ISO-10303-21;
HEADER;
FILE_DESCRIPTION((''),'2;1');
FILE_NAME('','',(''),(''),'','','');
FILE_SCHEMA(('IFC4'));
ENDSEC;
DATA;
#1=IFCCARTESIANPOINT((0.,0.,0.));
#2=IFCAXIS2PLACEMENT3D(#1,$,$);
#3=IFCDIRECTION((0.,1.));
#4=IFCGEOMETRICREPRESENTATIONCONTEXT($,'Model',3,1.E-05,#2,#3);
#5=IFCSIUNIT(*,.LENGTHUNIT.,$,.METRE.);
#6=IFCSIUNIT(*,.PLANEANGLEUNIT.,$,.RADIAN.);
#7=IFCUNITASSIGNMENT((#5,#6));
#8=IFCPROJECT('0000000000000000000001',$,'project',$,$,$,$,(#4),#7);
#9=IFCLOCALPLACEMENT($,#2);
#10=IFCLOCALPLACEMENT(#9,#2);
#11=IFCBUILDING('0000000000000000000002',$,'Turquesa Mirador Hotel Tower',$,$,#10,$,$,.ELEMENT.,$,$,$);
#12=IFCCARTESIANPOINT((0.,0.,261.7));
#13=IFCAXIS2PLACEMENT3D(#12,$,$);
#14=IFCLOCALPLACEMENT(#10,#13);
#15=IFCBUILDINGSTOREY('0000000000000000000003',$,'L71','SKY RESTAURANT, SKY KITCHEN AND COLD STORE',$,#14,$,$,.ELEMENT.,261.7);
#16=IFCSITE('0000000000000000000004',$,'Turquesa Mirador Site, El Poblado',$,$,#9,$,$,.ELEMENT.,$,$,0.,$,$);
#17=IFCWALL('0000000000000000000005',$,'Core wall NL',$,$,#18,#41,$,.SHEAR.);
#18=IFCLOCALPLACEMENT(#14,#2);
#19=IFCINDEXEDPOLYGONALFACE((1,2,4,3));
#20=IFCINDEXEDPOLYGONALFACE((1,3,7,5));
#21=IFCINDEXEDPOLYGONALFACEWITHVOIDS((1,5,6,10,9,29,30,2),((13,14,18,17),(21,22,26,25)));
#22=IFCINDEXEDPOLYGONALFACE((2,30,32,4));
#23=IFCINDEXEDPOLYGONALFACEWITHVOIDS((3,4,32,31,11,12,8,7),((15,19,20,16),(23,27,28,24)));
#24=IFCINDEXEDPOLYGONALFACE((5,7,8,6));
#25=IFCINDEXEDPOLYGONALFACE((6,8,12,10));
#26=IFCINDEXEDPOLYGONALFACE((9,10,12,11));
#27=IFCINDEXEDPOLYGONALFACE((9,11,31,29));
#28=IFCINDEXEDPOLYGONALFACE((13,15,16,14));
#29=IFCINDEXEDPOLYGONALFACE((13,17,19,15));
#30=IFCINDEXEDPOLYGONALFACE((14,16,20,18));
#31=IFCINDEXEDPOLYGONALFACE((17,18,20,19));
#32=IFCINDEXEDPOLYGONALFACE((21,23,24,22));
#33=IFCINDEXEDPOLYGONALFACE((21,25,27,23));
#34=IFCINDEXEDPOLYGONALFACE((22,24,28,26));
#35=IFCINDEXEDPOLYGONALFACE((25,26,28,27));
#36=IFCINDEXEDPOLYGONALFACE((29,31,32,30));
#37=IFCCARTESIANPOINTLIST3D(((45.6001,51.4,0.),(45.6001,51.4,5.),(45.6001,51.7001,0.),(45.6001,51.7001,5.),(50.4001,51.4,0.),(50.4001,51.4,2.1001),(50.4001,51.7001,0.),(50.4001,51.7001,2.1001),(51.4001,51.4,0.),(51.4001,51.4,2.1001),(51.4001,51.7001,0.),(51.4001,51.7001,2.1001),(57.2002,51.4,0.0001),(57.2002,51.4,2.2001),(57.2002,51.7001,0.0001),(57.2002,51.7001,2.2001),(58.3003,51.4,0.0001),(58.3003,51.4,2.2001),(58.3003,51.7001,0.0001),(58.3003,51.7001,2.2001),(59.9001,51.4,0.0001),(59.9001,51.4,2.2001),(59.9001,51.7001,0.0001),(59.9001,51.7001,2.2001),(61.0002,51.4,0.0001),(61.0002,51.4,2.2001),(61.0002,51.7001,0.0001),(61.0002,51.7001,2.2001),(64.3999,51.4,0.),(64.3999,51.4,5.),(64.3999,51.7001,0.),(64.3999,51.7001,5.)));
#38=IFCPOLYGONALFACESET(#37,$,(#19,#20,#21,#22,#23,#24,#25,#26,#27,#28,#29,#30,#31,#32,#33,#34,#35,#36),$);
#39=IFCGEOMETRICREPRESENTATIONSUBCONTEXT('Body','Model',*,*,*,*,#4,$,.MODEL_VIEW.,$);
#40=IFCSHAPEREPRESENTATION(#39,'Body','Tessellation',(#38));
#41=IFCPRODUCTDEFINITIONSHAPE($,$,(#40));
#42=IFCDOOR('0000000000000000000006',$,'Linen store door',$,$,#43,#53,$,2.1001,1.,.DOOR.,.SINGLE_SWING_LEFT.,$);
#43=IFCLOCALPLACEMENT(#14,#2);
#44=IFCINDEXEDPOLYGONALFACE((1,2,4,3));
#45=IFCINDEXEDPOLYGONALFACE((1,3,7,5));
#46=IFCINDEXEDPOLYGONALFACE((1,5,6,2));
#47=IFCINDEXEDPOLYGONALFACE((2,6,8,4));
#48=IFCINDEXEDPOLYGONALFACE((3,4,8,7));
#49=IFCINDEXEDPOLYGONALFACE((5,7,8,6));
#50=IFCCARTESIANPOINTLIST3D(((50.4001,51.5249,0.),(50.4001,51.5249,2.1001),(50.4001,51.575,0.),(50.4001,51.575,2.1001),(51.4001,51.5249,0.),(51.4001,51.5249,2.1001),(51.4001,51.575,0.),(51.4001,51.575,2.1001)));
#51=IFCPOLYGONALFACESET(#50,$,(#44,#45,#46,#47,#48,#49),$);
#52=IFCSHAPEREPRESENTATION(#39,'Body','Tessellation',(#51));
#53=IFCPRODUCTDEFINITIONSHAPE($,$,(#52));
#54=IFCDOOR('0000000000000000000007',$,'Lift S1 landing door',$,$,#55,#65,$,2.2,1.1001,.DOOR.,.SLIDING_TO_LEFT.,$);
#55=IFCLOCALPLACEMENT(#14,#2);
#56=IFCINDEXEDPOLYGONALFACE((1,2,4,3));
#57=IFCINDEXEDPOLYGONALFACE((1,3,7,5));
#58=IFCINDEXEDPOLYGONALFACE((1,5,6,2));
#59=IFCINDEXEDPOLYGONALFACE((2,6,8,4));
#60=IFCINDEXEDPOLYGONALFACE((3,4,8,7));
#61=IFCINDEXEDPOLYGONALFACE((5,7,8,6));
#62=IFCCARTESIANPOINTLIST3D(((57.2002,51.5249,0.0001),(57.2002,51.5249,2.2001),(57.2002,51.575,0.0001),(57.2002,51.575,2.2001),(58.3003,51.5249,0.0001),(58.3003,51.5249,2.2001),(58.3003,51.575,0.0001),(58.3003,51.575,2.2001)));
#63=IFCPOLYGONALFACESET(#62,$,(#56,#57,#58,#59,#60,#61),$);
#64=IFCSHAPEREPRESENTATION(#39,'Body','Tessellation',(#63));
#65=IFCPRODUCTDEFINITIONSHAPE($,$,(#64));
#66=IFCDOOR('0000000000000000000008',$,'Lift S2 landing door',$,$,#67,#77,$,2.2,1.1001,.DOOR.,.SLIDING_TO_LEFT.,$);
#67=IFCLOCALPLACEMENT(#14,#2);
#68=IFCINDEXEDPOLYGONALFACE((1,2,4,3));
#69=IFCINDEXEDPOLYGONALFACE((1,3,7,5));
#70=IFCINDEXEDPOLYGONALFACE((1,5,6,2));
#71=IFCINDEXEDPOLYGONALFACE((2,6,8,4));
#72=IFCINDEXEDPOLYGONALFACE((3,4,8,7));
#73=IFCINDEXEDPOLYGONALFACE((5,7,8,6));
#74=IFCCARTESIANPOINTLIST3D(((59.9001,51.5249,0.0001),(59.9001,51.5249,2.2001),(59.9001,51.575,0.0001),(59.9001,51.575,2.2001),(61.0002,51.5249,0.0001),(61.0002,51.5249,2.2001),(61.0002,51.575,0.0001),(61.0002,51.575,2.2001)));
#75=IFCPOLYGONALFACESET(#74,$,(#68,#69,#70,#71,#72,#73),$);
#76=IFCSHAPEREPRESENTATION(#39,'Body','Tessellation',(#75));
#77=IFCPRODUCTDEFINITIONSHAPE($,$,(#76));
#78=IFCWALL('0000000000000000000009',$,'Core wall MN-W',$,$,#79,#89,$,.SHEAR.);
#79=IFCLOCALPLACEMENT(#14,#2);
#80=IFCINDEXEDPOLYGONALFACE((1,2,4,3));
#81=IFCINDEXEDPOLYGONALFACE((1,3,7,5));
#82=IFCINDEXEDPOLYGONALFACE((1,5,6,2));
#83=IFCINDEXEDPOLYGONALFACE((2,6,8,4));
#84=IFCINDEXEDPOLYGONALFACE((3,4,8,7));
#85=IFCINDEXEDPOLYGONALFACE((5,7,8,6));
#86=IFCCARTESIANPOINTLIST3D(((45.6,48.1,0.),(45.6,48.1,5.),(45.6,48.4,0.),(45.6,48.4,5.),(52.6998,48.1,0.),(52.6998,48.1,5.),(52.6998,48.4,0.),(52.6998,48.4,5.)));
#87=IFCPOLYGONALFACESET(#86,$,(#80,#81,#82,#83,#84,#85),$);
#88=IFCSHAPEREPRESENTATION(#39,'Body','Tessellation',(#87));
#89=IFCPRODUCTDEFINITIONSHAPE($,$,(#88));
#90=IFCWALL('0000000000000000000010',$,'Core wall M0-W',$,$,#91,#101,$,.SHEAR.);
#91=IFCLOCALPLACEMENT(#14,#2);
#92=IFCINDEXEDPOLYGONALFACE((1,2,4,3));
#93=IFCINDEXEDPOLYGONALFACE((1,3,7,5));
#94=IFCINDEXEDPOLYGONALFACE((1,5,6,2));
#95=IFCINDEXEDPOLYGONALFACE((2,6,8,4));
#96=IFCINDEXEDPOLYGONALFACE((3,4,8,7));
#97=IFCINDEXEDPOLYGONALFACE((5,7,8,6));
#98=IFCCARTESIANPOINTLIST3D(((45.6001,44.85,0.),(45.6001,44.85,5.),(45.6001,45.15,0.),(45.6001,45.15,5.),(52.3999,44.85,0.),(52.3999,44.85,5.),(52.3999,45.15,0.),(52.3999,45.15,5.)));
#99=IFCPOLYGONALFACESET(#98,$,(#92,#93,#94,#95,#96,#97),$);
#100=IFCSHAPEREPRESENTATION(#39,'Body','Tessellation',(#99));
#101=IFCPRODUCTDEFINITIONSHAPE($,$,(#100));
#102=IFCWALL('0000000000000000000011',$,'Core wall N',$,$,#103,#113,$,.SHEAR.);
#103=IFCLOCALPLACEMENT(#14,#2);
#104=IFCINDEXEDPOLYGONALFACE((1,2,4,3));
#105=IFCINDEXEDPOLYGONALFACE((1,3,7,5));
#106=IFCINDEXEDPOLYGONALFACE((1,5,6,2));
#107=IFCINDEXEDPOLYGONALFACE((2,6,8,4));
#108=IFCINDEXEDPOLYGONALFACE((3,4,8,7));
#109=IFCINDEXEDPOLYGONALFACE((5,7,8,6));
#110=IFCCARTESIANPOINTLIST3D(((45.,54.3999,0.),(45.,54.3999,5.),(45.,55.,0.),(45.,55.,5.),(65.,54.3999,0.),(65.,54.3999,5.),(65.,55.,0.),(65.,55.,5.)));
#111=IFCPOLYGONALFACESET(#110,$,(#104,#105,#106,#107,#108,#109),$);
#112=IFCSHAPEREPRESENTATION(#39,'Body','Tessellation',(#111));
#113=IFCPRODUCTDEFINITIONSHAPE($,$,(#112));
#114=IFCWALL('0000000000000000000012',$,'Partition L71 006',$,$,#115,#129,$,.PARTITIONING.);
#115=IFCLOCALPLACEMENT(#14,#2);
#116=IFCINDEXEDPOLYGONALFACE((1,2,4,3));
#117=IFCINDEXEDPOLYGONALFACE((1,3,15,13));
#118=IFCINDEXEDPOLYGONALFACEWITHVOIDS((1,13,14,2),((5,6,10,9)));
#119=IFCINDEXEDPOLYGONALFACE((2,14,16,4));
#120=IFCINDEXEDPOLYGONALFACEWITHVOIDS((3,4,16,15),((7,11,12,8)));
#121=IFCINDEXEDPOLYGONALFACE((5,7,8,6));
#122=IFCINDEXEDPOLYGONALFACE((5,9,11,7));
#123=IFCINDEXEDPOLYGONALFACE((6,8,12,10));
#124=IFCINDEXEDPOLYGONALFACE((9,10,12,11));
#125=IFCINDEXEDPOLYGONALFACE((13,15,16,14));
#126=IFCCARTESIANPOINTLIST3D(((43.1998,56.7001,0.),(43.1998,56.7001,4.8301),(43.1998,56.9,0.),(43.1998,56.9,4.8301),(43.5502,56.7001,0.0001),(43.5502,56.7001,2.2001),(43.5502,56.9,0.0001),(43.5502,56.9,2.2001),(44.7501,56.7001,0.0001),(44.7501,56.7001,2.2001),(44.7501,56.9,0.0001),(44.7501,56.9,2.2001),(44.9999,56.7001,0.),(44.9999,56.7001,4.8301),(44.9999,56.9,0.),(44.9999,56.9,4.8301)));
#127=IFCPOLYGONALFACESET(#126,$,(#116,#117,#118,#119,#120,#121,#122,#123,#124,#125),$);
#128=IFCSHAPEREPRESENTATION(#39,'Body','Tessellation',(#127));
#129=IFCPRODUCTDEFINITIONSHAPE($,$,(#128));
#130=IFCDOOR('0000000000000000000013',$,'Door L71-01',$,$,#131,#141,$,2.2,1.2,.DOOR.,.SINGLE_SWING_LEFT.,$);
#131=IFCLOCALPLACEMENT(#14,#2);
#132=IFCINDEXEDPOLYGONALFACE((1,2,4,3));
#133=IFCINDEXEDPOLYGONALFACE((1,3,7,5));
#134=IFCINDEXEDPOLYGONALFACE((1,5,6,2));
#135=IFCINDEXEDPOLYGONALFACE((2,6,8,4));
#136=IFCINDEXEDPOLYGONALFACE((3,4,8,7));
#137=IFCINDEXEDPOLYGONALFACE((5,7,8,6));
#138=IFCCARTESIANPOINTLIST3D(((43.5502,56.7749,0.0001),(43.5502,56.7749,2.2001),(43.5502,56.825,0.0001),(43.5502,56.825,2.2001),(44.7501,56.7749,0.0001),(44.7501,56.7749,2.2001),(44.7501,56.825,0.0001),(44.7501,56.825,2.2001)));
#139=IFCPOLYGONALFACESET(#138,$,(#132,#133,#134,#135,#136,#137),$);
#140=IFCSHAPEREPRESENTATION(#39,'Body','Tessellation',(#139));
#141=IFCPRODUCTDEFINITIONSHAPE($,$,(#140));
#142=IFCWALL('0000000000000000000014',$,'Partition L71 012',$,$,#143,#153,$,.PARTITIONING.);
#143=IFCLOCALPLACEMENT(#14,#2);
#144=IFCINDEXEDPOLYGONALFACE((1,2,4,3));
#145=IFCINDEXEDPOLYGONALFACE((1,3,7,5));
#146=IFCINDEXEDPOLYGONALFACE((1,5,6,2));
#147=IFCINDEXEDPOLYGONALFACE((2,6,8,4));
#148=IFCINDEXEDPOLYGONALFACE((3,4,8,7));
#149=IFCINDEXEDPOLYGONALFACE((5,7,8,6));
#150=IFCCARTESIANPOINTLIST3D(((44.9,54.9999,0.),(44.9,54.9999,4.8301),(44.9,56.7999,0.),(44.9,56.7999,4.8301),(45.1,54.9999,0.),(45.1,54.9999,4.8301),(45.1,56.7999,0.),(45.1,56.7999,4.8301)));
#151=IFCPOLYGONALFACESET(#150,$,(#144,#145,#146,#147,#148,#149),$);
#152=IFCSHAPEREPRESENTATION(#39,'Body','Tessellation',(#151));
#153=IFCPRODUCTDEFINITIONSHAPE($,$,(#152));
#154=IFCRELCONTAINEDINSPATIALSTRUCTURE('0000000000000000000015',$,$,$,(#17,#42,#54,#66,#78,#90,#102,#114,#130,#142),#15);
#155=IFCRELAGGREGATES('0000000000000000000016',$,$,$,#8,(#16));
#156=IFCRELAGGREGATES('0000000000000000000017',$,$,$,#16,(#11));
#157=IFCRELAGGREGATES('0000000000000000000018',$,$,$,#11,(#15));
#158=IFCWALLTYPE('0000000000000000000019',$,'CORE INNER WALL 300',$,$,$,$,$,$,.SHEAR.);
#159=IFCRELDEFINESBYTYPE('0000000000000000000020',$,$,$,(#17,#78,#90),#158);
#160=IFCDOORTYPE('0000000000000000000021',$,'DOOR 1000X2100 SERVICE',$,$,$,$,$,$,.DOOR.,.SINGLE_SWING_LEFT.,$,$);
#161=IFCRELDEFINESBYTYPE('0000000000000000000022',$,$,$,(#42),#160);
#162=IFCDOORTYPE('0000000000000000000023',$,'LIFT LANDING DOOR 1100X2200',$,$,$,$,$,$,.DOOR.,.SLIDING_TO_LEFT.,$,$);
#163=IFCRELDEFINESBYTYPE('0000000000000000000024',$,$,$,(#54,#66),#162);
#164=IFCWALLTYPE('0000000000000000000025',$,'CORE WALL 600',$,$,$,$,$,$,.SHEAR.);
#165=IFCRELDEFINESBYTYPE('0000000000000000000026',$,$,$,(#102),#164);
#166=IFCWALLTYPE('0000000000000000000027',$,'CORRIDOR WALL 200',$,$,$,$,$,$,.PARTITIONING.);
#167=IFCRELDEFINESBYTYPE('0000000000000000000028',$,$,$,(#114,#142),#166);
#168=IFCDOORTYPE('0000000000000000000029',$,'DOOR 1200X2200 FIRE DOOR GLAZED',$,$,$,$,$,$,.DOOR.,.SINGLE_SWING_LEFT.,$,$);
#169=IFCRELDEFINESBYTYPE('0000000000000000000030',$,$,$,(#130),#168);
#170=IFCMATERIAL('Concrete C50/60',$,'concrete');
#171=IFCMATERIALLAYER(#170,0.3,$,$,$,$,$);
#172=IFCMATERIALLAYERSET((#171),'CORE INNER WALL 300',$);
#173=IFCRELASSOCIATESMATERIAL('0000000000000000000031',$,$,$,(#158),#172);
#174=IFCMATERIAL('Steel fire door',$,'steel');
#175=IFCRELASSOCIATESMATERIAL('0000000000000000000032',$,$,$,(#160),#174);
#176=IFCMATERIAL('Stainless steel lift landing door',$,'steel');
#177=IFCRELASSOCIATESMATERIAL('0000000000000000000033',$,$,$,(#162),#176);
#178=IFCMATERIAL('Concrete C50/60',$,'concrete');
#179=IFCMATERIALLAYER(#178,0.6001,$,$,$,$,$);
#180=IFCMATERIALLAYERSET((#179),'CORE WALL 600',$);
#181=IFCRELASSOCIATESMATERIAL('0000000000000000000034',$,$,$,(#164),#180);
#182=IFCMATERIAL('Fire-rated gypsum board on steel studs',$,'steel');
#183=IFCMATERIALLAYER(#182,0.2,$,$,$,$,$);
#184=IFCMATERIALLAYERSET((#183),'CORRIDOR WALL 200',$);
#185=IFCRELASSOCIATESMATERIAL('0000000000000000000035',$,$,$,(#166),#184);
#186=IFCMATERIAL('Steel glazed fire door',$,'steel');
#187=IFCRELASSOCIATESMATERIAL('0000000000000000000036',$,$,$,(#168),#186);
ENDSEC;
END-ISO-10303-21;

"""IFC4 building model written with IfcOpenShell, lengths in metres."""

from ifc_helpers import new_model, si_unit, direction, frame, frame_2d, origin, place, context, subcontext, project, spatial, rectangle, extrude, material, layer, layer_set, type_object, element, fill, save


model = new_model("IFC4")

# Units and contexts
model_context = context("Model", 3, precision=1e-05, world=origin(), true_north=direction((0.0, 1.0)))
body_context = subcontext(model_context, "Body", "Model", "MODEL_VIEW")
ifc_project = project(units=[si_unit("LENGTHUNIT", "METRE"), si_unit("PLANEANGLEUNIT", "RADIAN")], contexts=[model_context])

# Site, building, storey
site_placement = place(None, origin())
site = spatial("IfcSite", under=ifc_project, at=site_placement, Name="Turquesa Mirador Site, El Poblado", CompositionType="ELEMENT", RefElevation=0.0)
building_placement = place(site_placement, origin())
building = spatial("IfcBuilding", under=site, at=building_placement, Name="Turquesa Mirador Hotel Tower", CompositionType="ELEMENT")
storey_placement = place(building_placement, frame((0.0, 0.0, 261.7)))
storey = spatial("IfcBuildingStorey", under=building, at=storey_placement, Name="L71", Description="SKY RESTAURANT, SKY KITCHEN AND COLD STORE", CompositionType="ELEMENT", Elevation=261.7)

# Wall, openings, doors
ifc_material_1 = material(Name="Concrete C50/60", Category="concrete")
ifc_layer_1 = layer(ifc_material_1, 0.3)
ifc_layer_set_1 = layer_set([ifc_layer_1], Name="CORE INNER WALL 300")
wall_type_1 = type_object("IfcWallType", Name="CORE INNER WALL 300", PredefinedType="SHEAR", material=ifc_layer_set_1)
wall_1_placement = place(storey_placement, frame((45.6001, 51.55, 0.0), z_axis=(0.0, 0.0, 1.0), x_axis=(1.0, 0.0, 0.0)))
wall_1 = element("IfcWall", 1, at=wall_1_placement, inside=storey, type_object=wall_type_1, Name="Core wall NL", PredefinedType="SHEAR", context=body_context, shape_type="SweptSolid", body=[
    extrude(rectangle(XDim=18.7998, YDim=0.3, at=frame_2d((9.3999, 0.0))), origin(), (0.0, 0.0, 1.0), 5.0),
])
opening_1_placement = place(wall_1_placement, frame((4.8, 0.0, 0.0)))
opening_1 = element("IfcOpeningElement", 2, at=opening_1_placement, cuts=wall_1, PredefinedType="OPENING", context=body_context, shape_type="SweptSolid", body=[
    extrude(rectangle(XDim=1.0, YDim=2.1001, at=frame_2d((0.5, 1.05))), frame((0.0, 0.1599, 0.0), z_axis=(0.0, -1.0, 0.0), x_axis=(1.0, 0.0, 0.0)), (0.0, 0.0, 1.0), 0.3201),
])
opening_2_placement = place(wall_1_placement, frame((11.6001, 0.0, 0.0)))
opening_2 = element("IfcOpeningElement", 3, at=opening_2_placement, cuts=wall_1, PredefinedType="OPENING", context=body_context, shape_type="SweptSolid", body=[
    extrude(rectangle(XDim=1.1001, YDim=2.2, at=frame_2d((0.55, 1.1001))), frame((0.0, 0.1599, 0.0), z_axis=(0.0, -1.0, 0.0), x_axis=(1.0, 0.0, 0.0)), (0.0, 0.0, 1.0), 0.3201),
])
opening_3_placement = place(wall_1_placement, frame((14.3, 0.0, 0.0)))
opening_3 = element("IfcOpeningElement", 4, at=opening_3_placement, cuts=wall_1, PredefinedType="OPENING", context=body_context, shape_type="SweptSolid", body=[
    extrude(rectangle(XDim=1.1001, YDim=2.2, at=frame_2d((0.55, 1.1001))), frame((0.0, 0.1599, 0.0), z_axis=(0.0, -1.0, 0.0), x_axis=(1.0, 0.0, 0.0)), (0.0, 0.0, 1.0), 0.3201),
])
ifc_material_2 = material(Name="Steel fire door", Category="steel")
door_type_1 = type_object("IfcDoorType", Name="DOOR 1000X2100 SERVICE", OperationType="SINGLE_SWING_LEFT", PredefinedType="DOOR", material=ifc_material_2)
door_1_placement = place(opening_1_placement, origin())
door_1 = element("IfcDoor", 5, at=door_1_placement, inside=storey, type_object=door_type_1, Name="Linen store door", OperationType="SINGLE_SWING_LEFT", OverallHeight=2.1001, OverallWidth=1.0, PredefinedType="DOOR", context=body_context, shape_type="SweptSolid", body=[
    extrude(rectangle(XDim=1.0, YDim=2.1001, at=frame_2d((0.5, 1.05))), frame((0.0, 0.0249, 0.0), z_axis=(0.0, -1.0, 0.0), x_axis=(1.0, 0.0, 0.0)), (0.0, 0.0, 1.0), 0.05),
])
fill(opening_1, door_1)
ifc_material_3 = material(Name="Stainless steel lift landing door", Category="steel")
door_type_2 = type_object("IfcDoorType", Name="LIFT LANDING DOOR 1100X2200", OperationType="SLIDING_TO_LEFT", PredefinedType="DOOR", material=ifc_material_3)
door_2_placement = place(opening_2_placement, origin())
door_2 = element("IfcDoor", 6, at=door_2_placement, inside=storey, type_object=door_type_2, Name="Lift S1 landing door", OperationType="SLIDING_TO_LEFT", OverallHeight=2.2, OverallWidth=1.1001, PredefinedType="DOOR", context=body_context, shape_type="SweptSolid", body=[
    extrude(rectangle(XDim=1.1001, YDim=2.2, at=frame_2d((0.55, 1.1001))), frame((0.0, 0.0249, 0.0), z_axis=(0.0, -1.0, 0.0), x_axis=(1.0, 0.0, 0.0)), (0.0, 0.0, 1.0), 0.05),
])
fill(opening_2, door_2)
door_3_placement = place(opening_3_placement, origin())
door_3 = element("IfcDoor", 7, at=door_3_placement, inside=storey, type_object=door_type_2, Name="Lift S2 landing door", OperationType="SLIDING_TO_LEFT", OverallHeight=2.2, OverallWidth=1.1001, PredefinedType="DOOR", context=body_context, shape_type="SweptSolid", body=[
    extrude(rectangle(XDim=1.1001, YDim=2.2, at=frame_2d((0.55, 1.1001))), frame((0.0, 0.0249, 0.0), z_axis=(0.0, -1.0, 0.0), x_axis=(1.0, 0.0, 0.0)), (0.0, 0.0, 1.0), 0.05),
])
fill(opening_3, door_3)

# Walls
wall_2_placement = place(storey_placement, frame((45.6001, 48.25, 0.0), z_axis=(0.0, 0.0, 1.0), x_axis=(1.0, 0.0, 0.0)))
element("IfcWall", 8, at=wall_2_placement, inside=storey, type_object=wall_type_1, Name="Core wall MN-W", PredefinedType="SHEAR", context=body_context, shape_type="SweptSolid", body=[
    extrude(rectangle(XDim=7.0999, YDim=0.3, at=frame_2d((3.5498, 0.0))), origin(), (0.0, 0.0, 1.0), 5.0),
])
wall_3_placement = place(storey_placement, frame((45.6001, 45.0, 0.0), z_axis=(0.0, 0.0, 1.0), x_axis=(1.0, 0.0, 0.0)))
element("IfcWall", 9, at=wall_3_placement, inside=storey, type_object=wall_type_1, Name="Core wall M0-W", PredefinedType="SHEAR", context=body_context, shape_type="SweptSolid", body=[
    extrude(rectangle(XDim=6.7998, YDim=0.3, at=frame_2d((3.3999, 0.0))), origin(), (0.0, 0.0, 1.0), 5.0),
])
ifc_material_4 = material(Name="Concrete C50/60", Category="concrete")
ifc_layer_2 = layer(ifc_material_4, 0.6001)
ifc_layer_set_2 = layer_set([ifc_layer_2], Name="CORE WALL 600")
wall_type_2 = type_object("IfcWallType", Name="CORE WALL 600", PredefinedType="SHEAR", material=ifc_layer_set_2)
wall_4_placement = place(storey_placement, frame((45.0, 54.7, 0.0), z_axis=(0.0, 0.0, 1.0), x_axis=(1.0, 0.0, 0.0)))
element("IfcWall", 10, at=wall_4_placement, inside=storey, type_object=wall_type_2, Name="Core wall N", PredefinedType="SHEAR", context=body_context, shape_type="SweptSolid", body=[
    extrude(rectangle(XDim=20.0, YDim=0.6001, at=frame_2d((10.0, 0.0))), origin(), (0.0, 0.0, 1.0), 5.0),
])

# Wall, opening, door
ifc_material_5 = material(Name="Fire-rated gypsum board on steel studs", Category="steel")
ifc_layer_3 = layer(ifc_material_5, 0.2)
ifc_layer_set_3 = layer_set([ifc_layer_3], Name="CORRIDOR WALL 200")
wall_type_3 = type_object("IfcWallType", Name="CORRIDOR WALL 200", PredefinedType="PARTITIONING", material=ifc_layer_set_3)
wall_5_placement = place(storey_placement, frame((43.2, 56.8, 0.0), z_axis=(0.0, 0.0, 1.0), x_axis=(1.0, 0.0, 0.0)))
wall_5 = element("IfcWall", 11, at=wall_5_placement, inside=storey, type_object=wall_type_3, Name="Partition L71 006", PredefinedType="PARTITIONING", context=body_context, shape_type="SweptSolid", body=[
    extrude(rectangle(XDim=1.8, YDim=0.2, at=frame_2d((0.8999, 0.0))), origin(), (0.0, 0.0, 1.0), 4.8301),
])
opening_4_placement = place(wall_5_placement, frame((0.3501, 0.0, 0.0)))
opening_4 = element("IfcOpeningElement", 12, at=opening_4_placement, cuts=wall_5, PredefinedType="OPENING", context=body_context, shape_type="SweptSolid", body=[
    extrude(rectangle(XDim=1.2, YDim=2.2, at=frame_2d((0.6001, 1.1001))), frame((0.0, 0.1099, 0.0), z_axis=(0.0, -1.0, 0.0), x_axis=(1.0, 0.0, 0.0)), (0.0, 0.0, 1.0), 0.22),
])
ifc_material_6 = material(Name="Steel glazed fire door", Category="steel")
door_type_3 = type_object("IfcDoorType", Name="DOOR 1200X2200 FIRE DOOR GLAZED", OperationType="SINGLE_SWING_LEFT", PredefinedType="DOOR", material=ifc_material_6)
door_4_placement = place(opening_4_placement, origin())
door_4 = element("IfcDoor", 13, at=door_4_placement, inside=storey, type_object=door_type_3, Name="Door L71-01", OperationType="SINGLE_SWING_LEFT", OverallHeight=2.2, OverallWidth=1.2, PredefinedType="DOOR", context=body_context, shape_type="SweptSolid", body=[
    extrude(rectangle(XDim=1.2, YDim=2.2, at=frame_2d((0.6001, 1.1001))), frame((0.0, 0.0249, 0.0), z_axis=(0.0, -1.0, 0.0), x_axis=(1.0, 0.0, 0.0)), (0.0, 0.0, 1.0), 0.05),
])
fill(opening_4, door_4)

# Wall
wall_6_placement = place(storey_placement, frame((45.0, 55.0, 0.0), z_axis=(0.0, 0.0, 1.0), x_axis=(0.0, 1.0, 0.0)))
element("IfcWall", 14, at=wall_6_placement, inside=storey, type_object=wall_type_3, Name="Partition L71 012", PredefinedType="PARTITIONING", context=body_context, shape_type="SweptSolid", body=[
    extrude(rectangle(XDim=1.8, YDim=0.2, at=frame_2d((0.8999, 0.0))), origin(), (0.0, 0.0, 1.0), 4.8301),
])

save(model, "model.ifc")
